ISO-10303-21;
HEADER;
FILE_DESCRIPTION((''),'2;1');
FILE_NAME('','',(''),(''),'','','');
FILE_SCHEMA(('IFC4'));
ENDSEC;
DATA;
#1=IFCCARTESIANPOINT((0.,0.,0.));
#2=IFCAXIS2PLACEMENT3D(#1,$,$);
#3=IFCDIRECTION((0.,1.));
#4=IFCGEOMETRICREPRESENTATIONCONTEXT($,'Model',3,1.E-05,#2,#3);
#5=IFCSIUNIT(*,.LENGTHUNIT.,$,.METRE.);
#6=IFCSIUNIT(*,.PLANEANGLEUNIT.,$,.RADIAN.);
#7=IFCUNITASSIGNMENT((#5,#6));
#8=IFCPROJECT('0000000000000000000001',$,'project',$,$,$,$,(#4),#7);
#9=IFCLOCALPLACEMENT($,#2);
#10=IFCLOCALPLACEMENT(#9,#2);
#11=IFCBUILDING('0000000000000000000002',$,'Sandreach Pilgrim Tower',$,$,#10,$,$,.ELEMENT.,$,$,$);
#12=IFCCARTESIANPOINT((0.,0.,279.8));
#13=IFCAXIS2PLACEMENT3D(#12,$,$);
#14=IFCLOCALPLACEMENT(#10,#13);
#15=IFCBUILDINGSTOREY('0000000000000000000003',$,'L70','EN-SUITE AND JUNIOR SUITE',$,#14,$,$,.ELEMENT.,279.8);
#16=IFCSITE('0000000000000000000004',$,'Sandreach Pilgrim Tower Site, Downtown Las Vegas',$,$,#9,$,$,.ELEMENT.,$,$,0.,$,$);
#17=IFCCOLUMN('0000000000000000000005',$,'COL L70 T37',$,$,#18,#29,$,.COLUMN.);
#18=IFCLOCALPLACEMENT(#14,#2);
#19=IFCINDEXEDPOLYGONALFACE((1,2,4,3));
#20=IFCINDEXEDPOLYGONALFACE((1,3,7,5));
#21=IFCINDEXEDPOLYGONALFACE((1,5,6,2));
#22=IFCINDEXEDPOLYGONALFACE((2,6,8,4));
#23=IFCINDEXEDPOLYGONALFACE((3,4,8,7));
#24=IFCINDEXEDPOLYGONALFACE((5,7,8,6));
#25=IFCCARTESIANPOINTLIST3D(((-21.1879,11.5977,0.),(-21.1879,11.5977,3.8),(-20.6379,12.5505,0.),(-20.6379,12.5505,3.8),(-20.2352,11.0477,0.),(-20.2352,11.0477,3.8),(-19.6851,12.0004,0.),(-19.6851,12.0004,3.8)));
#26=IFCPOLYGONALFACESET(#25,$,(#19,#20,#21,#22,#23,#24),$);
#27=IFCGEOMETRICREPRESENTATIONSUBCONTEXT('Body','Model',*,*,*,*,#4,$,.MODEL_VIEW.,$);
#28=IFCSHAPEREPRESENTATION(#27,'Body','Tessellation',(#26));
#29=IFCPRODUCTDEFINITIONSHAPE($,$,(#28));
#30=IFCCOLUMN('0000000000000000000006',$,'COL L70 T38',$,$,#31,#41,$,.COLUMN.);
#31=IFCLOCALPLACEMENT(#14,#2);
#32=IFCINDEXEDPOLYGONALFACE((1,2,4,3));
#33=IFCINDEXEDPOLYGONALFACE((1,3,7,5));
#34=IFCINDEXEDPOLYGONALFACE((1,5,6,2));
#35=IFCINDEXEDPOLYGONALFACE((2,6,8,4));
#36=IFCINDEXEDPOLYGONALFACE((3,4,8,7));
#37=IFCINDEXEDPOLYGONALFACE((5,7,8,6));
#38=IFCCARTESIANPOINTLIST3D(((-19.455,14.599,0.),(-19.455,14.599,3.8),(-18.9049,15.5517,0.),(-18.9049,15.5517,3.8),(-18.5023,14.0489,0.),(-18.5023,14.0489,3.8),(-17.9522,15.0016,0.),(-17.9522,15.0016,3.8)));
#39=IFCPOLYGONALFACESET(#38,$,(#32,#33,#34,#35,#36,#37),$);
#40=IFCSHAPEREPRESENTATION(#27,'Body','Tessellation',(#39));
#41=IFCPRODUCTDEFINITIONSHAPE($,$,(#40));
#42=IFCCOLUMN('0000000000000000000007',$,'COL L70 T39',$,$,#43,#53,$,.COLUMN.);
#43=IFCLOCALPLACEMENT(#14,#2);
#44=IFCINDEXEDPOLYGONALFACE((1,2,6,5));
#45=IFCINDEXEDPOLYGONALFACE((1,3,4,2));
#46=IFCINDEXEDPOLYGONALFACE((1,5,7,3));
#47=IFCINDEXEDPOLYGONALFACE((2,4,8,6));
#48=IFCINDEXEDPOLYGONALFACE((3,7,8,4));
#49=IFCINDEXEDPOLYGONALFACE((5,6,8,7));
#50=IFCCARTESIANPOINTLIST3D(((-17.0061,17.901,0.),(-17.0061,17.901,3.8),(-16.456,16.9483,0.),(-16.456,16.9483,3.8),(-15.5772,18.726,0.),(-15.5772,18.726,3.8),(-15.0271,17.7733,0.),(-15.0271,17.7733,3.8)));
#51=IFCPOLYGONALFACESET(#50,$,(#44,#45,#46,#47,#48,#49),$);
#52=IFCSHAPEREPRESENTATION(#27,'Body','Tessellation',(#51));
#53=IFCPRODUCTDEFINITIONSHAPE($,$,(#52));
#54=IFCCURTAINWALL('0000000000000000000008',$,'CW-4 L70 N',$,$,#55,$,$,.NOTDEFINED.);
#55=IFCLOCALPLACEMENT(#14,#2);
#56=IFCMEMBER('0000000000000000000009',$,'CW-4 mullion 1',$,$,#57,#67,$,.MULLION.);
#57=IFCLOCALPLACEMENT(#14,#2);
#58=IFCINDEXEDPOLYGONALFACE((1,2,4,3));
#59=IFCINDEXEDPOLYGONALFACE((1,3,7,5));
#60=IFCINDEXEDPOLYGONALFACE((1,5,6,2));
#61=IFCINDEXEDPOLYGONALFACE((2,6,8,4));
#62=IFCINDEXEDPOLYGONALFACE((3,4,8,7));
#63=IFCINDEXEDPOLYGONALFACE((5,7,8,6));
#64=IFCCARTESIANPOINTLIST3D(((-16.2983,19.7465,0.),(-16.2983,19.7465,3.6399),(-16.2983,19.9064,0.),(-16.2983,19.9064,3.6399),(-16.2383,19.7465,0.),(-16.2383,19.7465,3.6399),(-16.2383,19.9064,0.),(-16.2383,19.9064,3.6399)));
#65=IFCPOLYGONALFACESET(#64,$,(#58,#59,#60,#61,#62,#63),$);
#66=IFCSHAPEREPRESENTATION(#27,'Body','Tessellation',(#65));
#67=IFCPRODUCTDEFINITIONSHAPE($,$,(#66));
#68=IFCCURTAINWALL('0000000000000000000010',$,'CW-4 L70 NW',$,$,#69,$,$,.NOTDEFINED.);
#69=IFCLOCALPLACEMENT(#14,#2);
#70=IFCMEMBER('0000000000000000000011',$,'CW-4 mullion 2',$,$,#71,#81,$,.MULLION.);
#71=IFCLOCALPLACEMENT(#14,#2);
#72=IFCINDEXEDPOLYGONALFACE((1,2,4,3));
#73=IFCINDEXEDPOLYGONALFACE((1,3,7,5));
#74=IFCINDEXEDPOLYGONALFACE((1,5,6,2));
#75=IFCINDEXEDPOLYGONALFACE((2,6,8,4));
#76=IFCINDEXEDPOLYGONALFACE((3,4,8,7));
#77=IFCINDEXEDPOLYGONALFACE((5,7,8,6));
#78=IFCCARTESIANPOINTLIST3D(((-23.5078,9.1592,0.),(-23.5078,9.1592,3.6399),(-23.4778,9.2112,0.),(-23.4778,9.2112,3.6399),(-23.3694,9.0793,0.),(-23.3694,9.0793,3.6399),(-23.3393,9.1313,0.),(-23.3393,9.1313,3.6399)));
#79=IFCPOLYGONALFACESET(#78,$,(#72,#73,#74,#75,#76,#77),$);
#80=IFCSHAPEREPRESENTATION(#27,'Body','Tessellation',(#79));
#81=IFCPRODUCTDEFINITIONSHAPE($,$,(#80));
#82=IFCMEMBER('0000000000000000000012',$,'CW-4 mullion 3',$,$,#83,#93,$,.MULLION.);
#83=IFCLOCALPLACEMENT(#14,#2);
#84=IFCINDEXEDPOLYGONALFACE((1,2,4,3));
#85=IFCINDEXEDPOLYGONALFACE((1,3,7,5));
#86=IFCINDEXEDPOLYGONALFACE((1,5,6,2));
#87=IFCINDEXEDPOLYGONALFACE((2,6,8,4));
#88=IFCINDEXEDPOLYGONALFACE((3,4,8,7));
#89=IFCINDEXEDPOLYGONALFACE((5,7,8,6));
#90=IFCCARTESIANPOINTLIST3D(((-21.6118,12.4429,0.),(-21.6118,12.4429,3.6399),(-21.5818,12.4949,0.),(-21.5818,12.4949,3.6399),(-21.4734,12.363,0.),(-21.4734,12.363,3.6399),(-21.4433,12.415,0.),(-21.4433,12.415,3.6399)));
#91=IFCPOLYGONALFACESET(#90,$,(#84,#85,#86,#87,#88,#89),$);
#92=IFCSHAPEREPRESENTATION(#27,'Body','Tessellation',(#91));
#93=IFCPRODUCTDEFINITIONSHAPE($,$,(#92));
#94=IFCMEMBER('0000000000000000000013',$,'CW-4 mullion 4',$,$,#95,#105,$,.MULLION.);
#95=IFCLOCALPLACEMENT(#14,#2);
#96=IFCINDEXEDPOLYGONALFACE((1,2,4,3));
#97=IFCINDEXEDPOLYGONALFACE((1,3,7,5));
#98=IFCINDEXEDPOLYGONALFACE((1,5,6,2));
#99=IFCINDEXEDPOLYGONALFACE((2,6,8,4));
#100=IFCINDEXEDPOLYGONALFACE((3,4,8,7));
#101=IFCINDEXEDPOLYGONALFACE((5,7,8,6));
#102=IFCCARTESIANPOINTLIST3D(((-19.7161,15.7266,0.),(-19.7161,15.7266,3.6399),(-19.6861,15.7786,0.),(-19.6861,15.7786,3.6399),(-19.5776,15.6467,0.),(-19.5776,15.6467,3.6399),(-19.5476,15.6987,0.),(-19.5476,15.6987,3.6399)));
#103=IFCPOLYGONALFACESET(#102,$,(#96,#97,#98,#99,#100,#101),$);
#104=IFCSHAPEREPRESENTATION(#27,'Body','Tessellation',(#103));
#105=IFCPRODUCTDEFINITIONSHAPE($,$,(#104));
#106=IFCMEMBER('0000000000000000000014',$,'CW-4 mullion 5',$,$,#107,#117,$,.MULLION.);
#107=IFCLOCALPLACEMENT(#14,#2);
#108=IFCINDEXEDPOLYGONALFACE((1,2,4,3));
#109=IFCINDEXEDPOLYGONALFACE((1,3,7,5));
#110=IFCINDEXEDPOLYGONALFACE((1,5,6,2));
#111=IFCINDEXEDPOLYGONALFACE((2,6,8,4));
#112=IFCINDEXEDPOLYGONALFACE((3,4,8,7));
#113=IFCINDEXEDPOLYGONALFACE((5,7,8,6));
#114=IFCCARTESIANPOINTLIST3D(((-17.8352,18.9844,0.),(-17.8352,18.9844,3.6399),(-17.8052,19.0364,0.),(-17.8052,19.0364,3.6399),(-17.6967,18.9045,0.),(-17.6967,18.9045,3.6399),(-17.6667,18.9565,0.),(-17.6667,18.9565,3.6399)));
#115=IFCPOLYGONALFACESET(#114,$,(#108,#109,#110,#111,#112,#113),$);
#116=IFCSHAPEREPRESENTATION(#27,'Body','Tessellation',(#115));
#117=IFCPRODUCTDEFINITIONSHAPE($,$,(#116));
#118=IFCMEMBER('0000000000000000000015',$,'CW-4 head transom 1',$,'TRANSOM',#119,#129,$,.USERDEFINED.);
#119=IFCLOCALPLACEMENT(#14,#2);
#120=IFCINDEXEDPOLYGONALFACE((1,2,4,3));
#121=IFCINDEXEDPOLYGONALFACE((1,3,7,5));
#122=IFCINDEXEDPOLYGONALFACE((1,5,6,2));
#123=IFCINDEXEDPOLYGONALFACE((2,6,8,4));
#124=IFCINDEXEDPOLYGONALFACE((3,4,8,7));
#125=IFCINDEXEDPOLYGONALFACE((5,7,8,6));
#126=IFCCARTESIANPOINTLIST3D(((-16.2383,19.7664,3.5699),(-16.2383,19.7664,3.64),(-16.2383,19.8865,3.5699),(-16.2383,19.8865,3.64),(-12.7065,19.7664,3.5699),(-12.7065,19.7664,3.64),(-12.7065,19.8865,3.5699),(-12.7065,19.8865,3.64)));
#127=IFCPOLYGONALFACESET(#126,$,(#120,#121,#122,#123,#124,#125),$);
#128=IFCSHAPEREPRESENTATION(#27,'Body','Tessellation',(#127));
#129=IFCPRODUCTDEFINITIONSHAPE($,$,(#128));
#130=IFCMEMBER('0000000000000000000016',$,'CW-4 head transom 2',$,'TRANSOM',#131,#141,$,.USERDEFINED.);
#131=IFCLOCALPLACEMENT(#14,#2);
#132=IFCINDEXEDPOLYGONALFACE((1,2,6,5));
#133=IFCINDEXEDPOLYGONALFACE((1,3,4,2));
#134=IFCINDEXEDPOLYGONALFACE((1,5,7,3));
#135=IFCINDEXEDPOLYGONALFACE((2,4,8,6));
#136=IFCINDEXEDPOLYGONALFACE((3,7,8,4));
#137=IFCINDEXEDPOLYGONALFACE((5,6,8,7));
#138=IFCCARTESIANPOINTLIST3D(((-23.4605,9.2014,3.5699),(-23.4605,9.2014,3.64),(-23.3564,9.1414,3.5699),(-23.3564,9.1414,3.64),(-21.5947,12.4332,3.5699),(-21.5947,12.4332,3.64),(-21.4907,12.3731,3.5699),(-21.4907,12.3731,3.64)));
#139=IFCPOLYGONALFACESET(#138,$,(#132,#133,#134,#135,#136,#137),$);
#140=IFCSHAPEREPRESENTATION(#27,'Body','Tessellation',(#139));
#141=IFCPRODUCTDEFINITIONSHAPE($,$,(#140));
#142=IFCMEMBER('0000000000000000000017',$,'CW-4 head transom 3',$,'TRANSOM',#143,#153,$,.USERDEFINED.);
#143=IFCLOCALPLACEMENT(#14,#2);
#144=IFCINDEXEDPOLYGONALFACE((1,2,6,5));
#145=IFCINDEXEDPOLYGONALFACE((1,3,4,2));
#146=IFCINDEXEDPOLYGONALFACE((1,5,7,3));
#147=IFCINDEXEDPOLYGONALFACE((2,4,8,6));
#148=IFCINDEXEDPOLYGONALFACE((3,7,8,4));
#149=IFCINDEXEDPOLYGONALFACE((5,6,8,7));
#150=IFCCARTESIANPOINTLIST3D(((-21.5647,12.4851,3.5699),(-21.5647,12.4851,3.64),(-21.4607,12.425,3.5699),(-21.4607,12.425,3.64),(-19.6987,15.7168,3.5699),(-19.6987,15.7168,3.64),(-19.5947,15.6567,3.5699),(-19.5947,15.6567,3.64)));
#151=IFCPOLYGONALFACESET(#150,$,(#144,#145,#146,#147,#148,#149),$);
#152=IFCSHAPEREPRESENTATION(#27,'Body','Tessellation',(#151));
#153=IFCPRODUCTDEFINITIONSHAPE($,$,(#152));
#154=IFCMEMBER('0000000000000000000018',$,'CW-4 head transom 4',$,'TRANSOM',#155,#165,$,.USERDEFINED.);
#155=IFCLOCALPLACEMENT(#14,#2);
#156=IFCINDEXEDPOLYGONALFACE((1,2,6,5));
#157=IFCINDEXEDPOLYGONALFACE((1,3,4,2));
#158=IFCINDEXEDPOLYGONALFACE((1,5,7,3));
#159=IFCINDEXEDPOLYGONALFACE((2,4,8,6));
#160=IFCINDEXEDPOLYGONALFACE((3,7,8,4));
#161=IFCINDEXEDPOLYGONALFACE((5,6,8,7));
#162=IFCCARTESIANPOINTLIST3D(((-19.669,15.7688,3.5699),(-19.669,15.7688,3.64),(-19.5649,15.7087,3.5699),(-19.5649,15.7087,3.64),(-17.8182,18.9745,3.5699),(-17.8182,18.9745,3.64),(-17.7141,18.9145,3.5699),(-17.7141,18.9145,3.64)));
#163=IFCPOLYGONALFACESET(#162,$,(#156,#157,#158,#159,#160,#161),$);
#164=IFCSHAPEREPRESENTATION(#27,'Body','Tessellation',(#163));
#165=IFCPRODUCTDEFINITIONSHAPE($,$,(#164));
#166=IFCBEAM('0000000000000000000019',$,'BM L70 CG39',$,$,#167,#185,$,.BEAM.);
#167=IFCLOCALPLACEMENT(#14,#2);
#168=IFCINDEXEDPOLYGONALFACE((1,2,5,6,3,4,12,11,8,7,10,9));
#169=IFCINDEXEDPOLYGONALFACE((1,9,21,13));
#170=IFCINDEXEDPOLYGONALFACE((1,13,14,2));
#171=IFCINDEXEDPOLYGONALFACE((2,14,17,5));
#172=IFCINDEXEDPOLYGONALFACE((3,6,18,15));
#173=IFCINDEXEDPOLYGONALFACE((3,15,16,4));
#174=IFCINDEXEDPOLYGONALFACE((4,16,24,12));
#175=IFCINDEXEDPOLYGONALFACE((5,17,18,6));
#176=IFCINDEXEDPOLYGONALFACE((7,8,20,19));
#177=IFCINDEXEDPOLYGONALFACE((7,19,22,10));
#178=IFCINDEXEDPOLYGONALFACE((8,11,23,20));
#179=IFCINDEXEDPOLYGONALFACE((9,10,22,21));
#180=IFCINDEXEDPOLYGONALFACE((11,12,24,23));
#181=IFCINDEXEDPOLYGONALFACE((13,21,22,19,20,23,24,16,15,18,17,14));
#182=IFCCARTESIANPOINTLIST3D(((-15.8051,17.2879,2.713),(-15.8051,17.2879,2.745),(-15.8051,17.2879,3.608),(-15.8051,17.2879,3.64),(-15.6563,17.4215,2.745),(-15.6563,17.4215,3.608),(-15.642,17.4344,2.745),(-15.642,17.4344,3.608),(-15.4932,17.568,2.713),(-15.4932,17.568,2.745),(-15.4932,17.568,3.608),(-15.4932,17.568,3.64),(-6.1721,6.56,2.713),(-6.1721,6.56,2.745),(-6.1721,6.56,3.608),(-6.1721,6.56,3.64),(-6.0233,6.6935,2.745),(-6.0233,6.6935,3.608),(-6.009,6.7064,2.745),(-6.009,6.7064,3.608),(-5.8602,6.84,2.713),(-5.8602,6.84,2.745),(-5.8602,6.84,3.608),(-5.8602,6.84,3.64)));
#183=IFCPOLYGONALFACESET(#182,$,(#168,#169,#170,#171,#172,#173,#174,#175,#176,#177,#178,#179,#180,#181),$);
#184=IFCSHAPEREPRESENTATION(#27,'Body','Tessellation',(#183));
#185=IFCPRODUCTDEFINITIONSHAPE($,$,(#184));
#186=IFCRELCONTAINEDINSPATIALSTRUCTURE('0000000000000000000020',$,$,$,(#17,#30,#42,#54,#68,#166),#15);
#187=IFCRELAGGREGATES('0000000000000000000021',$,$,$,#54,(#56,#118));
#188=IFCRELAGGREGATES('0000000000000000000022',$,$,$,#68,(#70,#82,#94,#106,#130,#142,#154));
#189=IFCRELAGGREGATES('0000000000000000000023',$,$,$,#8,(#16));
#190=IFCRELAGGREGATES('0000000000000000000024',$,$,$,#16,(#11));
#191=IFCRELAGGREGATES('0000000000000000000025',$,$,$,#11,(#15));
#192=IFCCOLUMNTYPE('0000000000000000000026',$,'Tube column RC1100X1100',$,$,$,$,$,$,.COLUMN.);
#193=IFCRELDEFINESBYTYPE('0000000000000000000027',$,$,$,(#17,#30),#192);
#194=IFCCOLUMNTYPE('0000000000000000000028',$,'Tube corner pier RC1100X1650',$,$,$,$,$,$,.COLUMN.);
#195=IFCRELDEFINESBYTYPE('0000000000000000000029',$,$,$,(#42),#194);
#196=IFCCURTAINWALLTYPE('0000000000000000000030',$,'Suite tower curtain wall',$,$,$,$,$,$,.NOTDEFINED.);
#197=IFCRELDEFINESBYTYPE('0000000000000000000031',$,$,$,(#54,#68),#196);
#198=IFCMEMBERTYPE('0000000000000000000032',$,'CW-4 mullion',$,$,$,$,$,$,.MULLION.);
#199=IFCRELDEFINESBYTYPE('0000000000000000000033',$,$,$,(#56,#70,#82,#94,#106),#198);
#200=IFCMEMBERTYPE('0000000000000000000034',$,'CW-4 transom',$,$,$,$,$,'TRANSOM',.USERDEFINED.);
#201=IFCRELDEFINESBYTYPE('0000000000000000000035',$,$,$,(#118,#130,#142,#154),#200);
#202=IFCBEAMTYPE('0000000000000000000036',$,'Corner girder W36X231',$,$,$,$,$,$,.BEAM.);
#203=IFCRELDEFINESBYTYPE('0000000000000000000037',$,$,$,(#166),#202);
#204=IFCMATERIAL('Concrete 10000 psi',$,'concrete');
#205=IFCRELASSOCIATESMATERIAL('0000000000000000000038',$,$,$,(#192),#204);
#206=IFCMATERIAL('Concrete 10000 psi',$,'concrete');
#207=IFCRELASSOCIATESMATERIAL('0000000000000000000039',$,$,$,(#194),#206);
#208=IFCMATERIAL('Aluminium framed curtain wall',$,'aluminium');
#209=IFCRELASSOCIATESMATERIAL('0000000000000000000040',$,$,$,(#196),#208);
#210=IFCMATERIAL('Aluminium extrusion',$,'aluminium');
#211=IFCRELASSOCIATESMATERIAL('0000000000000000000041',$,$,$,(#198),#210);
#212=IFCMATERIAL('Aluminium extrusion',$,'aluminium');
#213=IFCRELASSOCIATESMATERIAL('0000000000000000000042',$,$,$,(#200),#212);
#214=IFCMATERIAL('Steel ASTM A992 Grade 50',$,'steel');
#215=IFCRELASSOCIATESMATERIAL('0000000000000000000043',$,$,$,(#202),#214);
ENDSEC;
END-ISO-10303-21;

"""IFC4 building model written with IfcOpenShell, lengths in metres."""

from ifc_helpers import new_model, si_unit, direction, frame, origin, origin_2d, place, context, subcontext, project, spatial, rectangle, i_section, extrude, material, material_profile, profile_set, type_object, element, aggregate, save


model = new_model("IFC4")

# Units and contexts
model_context = context("Model", 3, precision=1e-05, world=origin(), true_north=direction((0.0, 1.0)))
body_context = subcontext(model_context, "Body", "Model", "MODEL_VIEW")
ifc_project = project(units=[si_unit("LENGTHUNIT", "METRE"), si_unit("PLANEANGLEUNIT", "RADIAN")], contexts=[model_context])

# Site, building, storey
site_placement = place(None, origin())
site = spatial("IfcSite", under=ifc_project, at=site_placement, Name="Sandreach Pilgrim Tower Site, Downtown Las Vegas", CompositionType="ELEMENT", RefElevation=0.0)
building_placement = place(site_placement, origin())
building = spatial("IfcBuilding", under=site, at=building_placement, Name="Sandreach Pilgrim Tower", CompositionType="ELEMENT")
storey_placement = place(building_placement, frame((0.0, 0.0, 279.8)))
storey = spatial("IfcBuildingStorey", under=building, at=storey_placement, Name="L70", Description="EN-SUITE AND JUNIOR SUITE", CompositionType="ELEMENT", Elevation=279.8)

# Columns
ifc_material_1 = material(Name="Concrete 10000 psi", Category="concrete")
ifc_material_profile_1 = material_profile(ifc_material_1, rectangle(XDim=1.1001, YDim=1.1001, at=origin_2d()), Name="RC1100X1100")
ifc_profile_set_1 = profile_set([ifc_material_profile_1], Name="Concrete 10000 psi")
column_type_1 = type_object("IfcColumnType", Name="Tube column RC1100X1100", PredefinedType="COLUMN", material=ifc_profile_set_1)
for number, where, z_axis, x_axis, name in (
    (1, (-20.4365, 11.7991, 0.0), (0.0, 0.0, 1.0), (-0.866025, 0.5, 0.0), "COL L70 T37"),
    (2, (-18.7036, 14.8003, 0.0), (0.0, 0.0, 1.0), (-0.866025, 0.5, 0.0), "COL L70 T38"),
):
    element("IfcColumn", number, at=place(storey_placement, frame(where, z_axis=z_axis, x_axis=x_axis)), inside=storey, type_object=column_type_1, Name=name, PredefinedType="COLUMN", context=body_context, shape_type="SweptSolid", body=[
        extrude(rectangle(XDim=1.1001, YDim=1.1001, at=origin_2d()), origin(), (0.0, 0.0, 1.0), 3.8),
    ])
ifc_material_2 = material(Name="Concrete 10000 psi", Category="concrete")
ifc_material_profile_2 = material_profile(ifc_material_2, rectangle(XDim=1.1001, YDim=1.6499, at=origin_2d()), Name="RC1100X1650")
ifc_profile_set_2 = profile_set([ifc_material_profile_2], Name="Concrete 10000 psi")
column_type_2 = type_object("IfcColumnType", Name="Tube corner pier RC1100X1650", PredefinedType="COLUMN", material=ifc_profile_set_2)
column_placement = place(storey_placement, frame((-16.0166, 17.8372, 0.0), z_axis=(0.0, 0.0, 1.0), x_axis=(-0.5, 0.866025, 0.0)))
element("IfcColumn", 3, at=column_placement, inside=storey, type_object=column_type_2, Name="COL L70 T39", PredefinedType="COLUMN", context=body_context, shape_type="SweptSolid", body=[
    extrude(rectangle(XDim=1.1001, YDim=1.6499, at=origin_2d()), origin(), (0.0, 0.0, 1.0), 3.8),
])

# Curtain wall, member
ifc_material_3 = material(Name="Aluminium framed curtain wall", Category="aluminium")
curtain_wall_type = type_object("IfcCurtainWallType", Name="Suite tower curtain wall", PredefinedType="NOTDEFINED", material=ifc_material_3)
curtain_wall_1_placement = place(storey_placement, origin())
curtain_wall_1 = element("IfcCurtainWall", 4, at=curtain_wall_1_placement, inside=storey, type_object=curtain_wall_type, Name="CW-4 L70 N", PredefinedType="NOTDEFINED")
ifc_material_4 = material(Name="Aluminium extrusion", Category="aluminium")
ifc_material_profile_3 = material_profile(ifc_material_4, rectangle(XDim=0.0601, YDim=0.1599, at=origin_2d()), Name="CW-4M 60X160")
ifc_profile_set_3 = profile_set([ifc_material_profile_3], Name="Aluminium extrusion")
member_type_1 = type_object("IfcMemberType", Name="CW-4 mullion", PredefinedType="MULLION", material=ifc_profile_set_3)
member_1_placement = place(storey_placement, frame((-16.2683, 19.8264, 0.0), z_axis=(0.0, 0.0, 1.0), x_axis=(1.0, 0.0, 0.0)))
member_1 = element("IfcMember", 5, at=member_1_placement, type_object=member_type_1, Name="CW-4 mullion 1", PredefinedType="MULLION", context=body_context, shape_type="SweptSolid", body=[
    extrude(rectangle(XDim=0.0601, YDim=0.1599, at=origin_2d()), origin(), (0.0, 0.0, 1.0), 3.6399),
])

# Curtain wall, members
curtain_wall_2_placement = place(storey_placement, origin())
curtain_wall_2 = element("IfcCurtainWall", 6, at=curtain_wall_2_placement, inside=storey, type_object=curtain_wall_type, Name="CW-4 L70 NW", PredefinedType="NOTDEFINED")
member_2_placement = place(storey_placement, frame((-23.4236, 9.1453, 0.0), z_axis=(0.0, 0.0, 1.0), x_axis=(0.5, 0.866025, 0.0)))
member_2 = element("IfcMember", 7, at=member_2_placement, type_object=member_type_1, Name="CW-4 mullion 2", PredefinedType="MULLION", context=body_context, shape_type="SweptSolid", body=[
    extrude(rectangle(XDim=0.0601, YDim=0.1599, at=origin_2d()), origin(), (0.0, 0.0, 1.0), 3.6399),
])
member_3_placement = place(storey_placement, frame((-21.5276, 12.429, 0.0), z_axis=(0.0, 0.0, 1.0), x_axis=(0.5, 0.866025, 0.0)))
member_3 = element("IfcMember", 8, at=member_3_placement, type_object=member_type_1, Name="CW-4 mullion 3", PredefinedType="MULLION", context=body_context, shape_type="SweptSolid", body=[
    extrude(rectangle(XDim=0.0601, YDim=0.1599, at=origin_2d()), origin(), (0.0, 0.0, 1.0), 3.6399),
])
member_4_placement = place(storey_placement, frame((-19.6318, 15.7126, 0.0), z_axis=(0.0, 0.0, 1.0), x_axis=(0.5, 0.866025, 0.0)))
member_4 = element("IfcMember", 9, at=member_4_placement, type_object=member_type_1, Name="CW-4 mullion 4", PredefinedType="MULLION", context=body_context, shape_type="SweptSolid", body=[
    extrude(rectangle(XDim=0.0601, YDim=0.1599, at=origin_2d()), origin(), (0.0, 0.0, 1.0), 3.6399),
])
member_5_placement = place(storey_placement, frame((-17.751, 18.9705, 0.0), z_axis=(0.0, 0.0, 1.0), x_axis=(0.5, 0.866025, 0.0)))
member_5 = element("IfcMember", 10, at=member_5_placement, type_object=member_type_1, Name="CW-4 mullion 5", PredefinedType="MULLION", context=body_context, shape_type="SweptSolid", body=[
    extrude(rectangle(XDim=0.0601, YDim=0.1599, at=origin_2d()), origin(), (0.0, 0.0, 1.0), 3.6399),
])

# Members
ifc_material_5 = material(Name="Aluminium extrusion", Category="aluminium")
ifc_material_profile_4 = material_profile(ifc_material_5, rectangle(XDim=0.1201, YDim=0.0701, at=origin_2d()), Name="CW-4T 120X70")
ifc_profile_set_4 = profile_set([ifc_material_profile_4], Name="Aluminium extrusion")
member_type_2 = type_object("IfcMemberType", Name="CW-4 transom", ElementType="TRANSOM", PredefinedType="USERDEFINED", material=ifc_profile_set_4)
member_6_placement = place(storey_placement, frame((-16.2383, 19.8264, 3.605), z_axis=(1.0, 0.0, 0.0), x_axis=(0.0, 1.0, 0.0)))
member_6 = element("IfcMember", 11, at=member_6_placement, type_object=member_type_2, Name="CW-4 head transom 1", ObjectType="TRANSOM", PredefinedType="USERDEFINED", context=body_context, shape_type="SweptSolid", body=[
    extrude(rectangle(XDim=0.1201, YDim=0.0701, at=origin_2d()), origin(), (0.0, 0.0, 1.0), 3.5317),
])
aggregate(curtain_wall_1, [member_1, member_6])
member_7_placement = place(storey_placement, frame((-23.4084, 9.1714, 3.605), z_axis=(0.499981, 0.866036, 0.0), x_axis=(-0.866036, 0.499981, 0.0)))
member_7 = element("IfcMember", 12, at=member_7_placement, type_object=member_type_2, Name="CW-4 head transom 2", ObjectType="TRANSOM", PredefinedType="USERDEFINED", context=body_context, shape_type="SweptSolid", body=[
    extrude(rectangle(XDim=0.1201, YDim=0.0701, at=origin_2d()), origin(), (0.0, 0.0, 1.0), 3.7317),
])
member_8_placement = place(storey_placement, frame((-21.5127, 12.4551, 3.605), z_axis=(0.50003, 0.866008, 0.0), x_axis=(-0.866008, 0.50003, 0.0)))
member_8 = element("IfcMember", 13, at=member_8_placement, type_object=member_type_2, Name="CW-4 head transom 3", ObjectType="TRANSOM", PredefinedType="USERDEFINED", context=body_context, shape_type="SweptSolid", body=[
    extrude(rectangle(XDim=0.1201, YDim=0.0701, at=origin_2d()), origin(), (0.0, 0.0, 1.0), 3.7317),
])
member_9_placement = place(storey_placement, frame((-19.6169, 15.7388, 3.605), z_axis=(0.499991, 0.866031, 0.0), x_axis=(-0.866031, 0.499991, 0.0)))
member_9 = element("IfcMember", 14, at=member_9_placement, type_object=member_type_2, Name="CW-4 head transom 4", ObjectType="TRANSOM", PredefinedType="USERDEFINED", context=body_context, shape_type="SweptSolid", body=[
    extrude(rectangle(XDim=0.1201, YDim=0.0701, at=origin_2d()), origin(), (0.0, 0.0, 1.0), 3.7017),
])

# Beam
ifc_material_6 = material(Name="Steel ASTM A992 Grade 50", Category="steel")
ifc_material_profile_5 = material_profile(ifc_material_6, i_section(OverallWidth=0.4192, OverallDepth=0.927, WebThickness=0.0193, FlangeThickness=0.032, at=origin_2d()), Name="W36X231")
ifc_profile_set_5 = profile_set([ifc_material_profile_5], Name="Steel ASTM A992 Grade 50")
beam_type_1 = type_object("IfcBeamType", Name="Corner girder W36X231", PredefinedType="BEAM", material=ifc_profile_set_5)
beam_1_placement = place(storey_placement, frame((-15.6492, 17.428, 3.1765), z_axis=(0.668115, -0.744058, 0.0), x_axis=(0.744058, 0.668115, 0.0)))
element("IfcBeam", 15, at=beam_1_placement, inside=storey, type_object=beam_type_1, Name="BM L70 CG39", PredefinedType="BEAM", context=body_context, shape_type="SweptSolid", body=[
    extrude(i_section(OverallWidth=0.4192, OverallDepth=0.927, WebThickness=0.0193, FlangeThickness=0.032, at=origin_2d()), origin(), (0.0, 0.0, 1.0), 14.4182),
])

aggregate(curtain_wall_2, [member_2, member_3, member_4, member_5, member_7, member_8, member_9])

save(model, "model.ifc")
